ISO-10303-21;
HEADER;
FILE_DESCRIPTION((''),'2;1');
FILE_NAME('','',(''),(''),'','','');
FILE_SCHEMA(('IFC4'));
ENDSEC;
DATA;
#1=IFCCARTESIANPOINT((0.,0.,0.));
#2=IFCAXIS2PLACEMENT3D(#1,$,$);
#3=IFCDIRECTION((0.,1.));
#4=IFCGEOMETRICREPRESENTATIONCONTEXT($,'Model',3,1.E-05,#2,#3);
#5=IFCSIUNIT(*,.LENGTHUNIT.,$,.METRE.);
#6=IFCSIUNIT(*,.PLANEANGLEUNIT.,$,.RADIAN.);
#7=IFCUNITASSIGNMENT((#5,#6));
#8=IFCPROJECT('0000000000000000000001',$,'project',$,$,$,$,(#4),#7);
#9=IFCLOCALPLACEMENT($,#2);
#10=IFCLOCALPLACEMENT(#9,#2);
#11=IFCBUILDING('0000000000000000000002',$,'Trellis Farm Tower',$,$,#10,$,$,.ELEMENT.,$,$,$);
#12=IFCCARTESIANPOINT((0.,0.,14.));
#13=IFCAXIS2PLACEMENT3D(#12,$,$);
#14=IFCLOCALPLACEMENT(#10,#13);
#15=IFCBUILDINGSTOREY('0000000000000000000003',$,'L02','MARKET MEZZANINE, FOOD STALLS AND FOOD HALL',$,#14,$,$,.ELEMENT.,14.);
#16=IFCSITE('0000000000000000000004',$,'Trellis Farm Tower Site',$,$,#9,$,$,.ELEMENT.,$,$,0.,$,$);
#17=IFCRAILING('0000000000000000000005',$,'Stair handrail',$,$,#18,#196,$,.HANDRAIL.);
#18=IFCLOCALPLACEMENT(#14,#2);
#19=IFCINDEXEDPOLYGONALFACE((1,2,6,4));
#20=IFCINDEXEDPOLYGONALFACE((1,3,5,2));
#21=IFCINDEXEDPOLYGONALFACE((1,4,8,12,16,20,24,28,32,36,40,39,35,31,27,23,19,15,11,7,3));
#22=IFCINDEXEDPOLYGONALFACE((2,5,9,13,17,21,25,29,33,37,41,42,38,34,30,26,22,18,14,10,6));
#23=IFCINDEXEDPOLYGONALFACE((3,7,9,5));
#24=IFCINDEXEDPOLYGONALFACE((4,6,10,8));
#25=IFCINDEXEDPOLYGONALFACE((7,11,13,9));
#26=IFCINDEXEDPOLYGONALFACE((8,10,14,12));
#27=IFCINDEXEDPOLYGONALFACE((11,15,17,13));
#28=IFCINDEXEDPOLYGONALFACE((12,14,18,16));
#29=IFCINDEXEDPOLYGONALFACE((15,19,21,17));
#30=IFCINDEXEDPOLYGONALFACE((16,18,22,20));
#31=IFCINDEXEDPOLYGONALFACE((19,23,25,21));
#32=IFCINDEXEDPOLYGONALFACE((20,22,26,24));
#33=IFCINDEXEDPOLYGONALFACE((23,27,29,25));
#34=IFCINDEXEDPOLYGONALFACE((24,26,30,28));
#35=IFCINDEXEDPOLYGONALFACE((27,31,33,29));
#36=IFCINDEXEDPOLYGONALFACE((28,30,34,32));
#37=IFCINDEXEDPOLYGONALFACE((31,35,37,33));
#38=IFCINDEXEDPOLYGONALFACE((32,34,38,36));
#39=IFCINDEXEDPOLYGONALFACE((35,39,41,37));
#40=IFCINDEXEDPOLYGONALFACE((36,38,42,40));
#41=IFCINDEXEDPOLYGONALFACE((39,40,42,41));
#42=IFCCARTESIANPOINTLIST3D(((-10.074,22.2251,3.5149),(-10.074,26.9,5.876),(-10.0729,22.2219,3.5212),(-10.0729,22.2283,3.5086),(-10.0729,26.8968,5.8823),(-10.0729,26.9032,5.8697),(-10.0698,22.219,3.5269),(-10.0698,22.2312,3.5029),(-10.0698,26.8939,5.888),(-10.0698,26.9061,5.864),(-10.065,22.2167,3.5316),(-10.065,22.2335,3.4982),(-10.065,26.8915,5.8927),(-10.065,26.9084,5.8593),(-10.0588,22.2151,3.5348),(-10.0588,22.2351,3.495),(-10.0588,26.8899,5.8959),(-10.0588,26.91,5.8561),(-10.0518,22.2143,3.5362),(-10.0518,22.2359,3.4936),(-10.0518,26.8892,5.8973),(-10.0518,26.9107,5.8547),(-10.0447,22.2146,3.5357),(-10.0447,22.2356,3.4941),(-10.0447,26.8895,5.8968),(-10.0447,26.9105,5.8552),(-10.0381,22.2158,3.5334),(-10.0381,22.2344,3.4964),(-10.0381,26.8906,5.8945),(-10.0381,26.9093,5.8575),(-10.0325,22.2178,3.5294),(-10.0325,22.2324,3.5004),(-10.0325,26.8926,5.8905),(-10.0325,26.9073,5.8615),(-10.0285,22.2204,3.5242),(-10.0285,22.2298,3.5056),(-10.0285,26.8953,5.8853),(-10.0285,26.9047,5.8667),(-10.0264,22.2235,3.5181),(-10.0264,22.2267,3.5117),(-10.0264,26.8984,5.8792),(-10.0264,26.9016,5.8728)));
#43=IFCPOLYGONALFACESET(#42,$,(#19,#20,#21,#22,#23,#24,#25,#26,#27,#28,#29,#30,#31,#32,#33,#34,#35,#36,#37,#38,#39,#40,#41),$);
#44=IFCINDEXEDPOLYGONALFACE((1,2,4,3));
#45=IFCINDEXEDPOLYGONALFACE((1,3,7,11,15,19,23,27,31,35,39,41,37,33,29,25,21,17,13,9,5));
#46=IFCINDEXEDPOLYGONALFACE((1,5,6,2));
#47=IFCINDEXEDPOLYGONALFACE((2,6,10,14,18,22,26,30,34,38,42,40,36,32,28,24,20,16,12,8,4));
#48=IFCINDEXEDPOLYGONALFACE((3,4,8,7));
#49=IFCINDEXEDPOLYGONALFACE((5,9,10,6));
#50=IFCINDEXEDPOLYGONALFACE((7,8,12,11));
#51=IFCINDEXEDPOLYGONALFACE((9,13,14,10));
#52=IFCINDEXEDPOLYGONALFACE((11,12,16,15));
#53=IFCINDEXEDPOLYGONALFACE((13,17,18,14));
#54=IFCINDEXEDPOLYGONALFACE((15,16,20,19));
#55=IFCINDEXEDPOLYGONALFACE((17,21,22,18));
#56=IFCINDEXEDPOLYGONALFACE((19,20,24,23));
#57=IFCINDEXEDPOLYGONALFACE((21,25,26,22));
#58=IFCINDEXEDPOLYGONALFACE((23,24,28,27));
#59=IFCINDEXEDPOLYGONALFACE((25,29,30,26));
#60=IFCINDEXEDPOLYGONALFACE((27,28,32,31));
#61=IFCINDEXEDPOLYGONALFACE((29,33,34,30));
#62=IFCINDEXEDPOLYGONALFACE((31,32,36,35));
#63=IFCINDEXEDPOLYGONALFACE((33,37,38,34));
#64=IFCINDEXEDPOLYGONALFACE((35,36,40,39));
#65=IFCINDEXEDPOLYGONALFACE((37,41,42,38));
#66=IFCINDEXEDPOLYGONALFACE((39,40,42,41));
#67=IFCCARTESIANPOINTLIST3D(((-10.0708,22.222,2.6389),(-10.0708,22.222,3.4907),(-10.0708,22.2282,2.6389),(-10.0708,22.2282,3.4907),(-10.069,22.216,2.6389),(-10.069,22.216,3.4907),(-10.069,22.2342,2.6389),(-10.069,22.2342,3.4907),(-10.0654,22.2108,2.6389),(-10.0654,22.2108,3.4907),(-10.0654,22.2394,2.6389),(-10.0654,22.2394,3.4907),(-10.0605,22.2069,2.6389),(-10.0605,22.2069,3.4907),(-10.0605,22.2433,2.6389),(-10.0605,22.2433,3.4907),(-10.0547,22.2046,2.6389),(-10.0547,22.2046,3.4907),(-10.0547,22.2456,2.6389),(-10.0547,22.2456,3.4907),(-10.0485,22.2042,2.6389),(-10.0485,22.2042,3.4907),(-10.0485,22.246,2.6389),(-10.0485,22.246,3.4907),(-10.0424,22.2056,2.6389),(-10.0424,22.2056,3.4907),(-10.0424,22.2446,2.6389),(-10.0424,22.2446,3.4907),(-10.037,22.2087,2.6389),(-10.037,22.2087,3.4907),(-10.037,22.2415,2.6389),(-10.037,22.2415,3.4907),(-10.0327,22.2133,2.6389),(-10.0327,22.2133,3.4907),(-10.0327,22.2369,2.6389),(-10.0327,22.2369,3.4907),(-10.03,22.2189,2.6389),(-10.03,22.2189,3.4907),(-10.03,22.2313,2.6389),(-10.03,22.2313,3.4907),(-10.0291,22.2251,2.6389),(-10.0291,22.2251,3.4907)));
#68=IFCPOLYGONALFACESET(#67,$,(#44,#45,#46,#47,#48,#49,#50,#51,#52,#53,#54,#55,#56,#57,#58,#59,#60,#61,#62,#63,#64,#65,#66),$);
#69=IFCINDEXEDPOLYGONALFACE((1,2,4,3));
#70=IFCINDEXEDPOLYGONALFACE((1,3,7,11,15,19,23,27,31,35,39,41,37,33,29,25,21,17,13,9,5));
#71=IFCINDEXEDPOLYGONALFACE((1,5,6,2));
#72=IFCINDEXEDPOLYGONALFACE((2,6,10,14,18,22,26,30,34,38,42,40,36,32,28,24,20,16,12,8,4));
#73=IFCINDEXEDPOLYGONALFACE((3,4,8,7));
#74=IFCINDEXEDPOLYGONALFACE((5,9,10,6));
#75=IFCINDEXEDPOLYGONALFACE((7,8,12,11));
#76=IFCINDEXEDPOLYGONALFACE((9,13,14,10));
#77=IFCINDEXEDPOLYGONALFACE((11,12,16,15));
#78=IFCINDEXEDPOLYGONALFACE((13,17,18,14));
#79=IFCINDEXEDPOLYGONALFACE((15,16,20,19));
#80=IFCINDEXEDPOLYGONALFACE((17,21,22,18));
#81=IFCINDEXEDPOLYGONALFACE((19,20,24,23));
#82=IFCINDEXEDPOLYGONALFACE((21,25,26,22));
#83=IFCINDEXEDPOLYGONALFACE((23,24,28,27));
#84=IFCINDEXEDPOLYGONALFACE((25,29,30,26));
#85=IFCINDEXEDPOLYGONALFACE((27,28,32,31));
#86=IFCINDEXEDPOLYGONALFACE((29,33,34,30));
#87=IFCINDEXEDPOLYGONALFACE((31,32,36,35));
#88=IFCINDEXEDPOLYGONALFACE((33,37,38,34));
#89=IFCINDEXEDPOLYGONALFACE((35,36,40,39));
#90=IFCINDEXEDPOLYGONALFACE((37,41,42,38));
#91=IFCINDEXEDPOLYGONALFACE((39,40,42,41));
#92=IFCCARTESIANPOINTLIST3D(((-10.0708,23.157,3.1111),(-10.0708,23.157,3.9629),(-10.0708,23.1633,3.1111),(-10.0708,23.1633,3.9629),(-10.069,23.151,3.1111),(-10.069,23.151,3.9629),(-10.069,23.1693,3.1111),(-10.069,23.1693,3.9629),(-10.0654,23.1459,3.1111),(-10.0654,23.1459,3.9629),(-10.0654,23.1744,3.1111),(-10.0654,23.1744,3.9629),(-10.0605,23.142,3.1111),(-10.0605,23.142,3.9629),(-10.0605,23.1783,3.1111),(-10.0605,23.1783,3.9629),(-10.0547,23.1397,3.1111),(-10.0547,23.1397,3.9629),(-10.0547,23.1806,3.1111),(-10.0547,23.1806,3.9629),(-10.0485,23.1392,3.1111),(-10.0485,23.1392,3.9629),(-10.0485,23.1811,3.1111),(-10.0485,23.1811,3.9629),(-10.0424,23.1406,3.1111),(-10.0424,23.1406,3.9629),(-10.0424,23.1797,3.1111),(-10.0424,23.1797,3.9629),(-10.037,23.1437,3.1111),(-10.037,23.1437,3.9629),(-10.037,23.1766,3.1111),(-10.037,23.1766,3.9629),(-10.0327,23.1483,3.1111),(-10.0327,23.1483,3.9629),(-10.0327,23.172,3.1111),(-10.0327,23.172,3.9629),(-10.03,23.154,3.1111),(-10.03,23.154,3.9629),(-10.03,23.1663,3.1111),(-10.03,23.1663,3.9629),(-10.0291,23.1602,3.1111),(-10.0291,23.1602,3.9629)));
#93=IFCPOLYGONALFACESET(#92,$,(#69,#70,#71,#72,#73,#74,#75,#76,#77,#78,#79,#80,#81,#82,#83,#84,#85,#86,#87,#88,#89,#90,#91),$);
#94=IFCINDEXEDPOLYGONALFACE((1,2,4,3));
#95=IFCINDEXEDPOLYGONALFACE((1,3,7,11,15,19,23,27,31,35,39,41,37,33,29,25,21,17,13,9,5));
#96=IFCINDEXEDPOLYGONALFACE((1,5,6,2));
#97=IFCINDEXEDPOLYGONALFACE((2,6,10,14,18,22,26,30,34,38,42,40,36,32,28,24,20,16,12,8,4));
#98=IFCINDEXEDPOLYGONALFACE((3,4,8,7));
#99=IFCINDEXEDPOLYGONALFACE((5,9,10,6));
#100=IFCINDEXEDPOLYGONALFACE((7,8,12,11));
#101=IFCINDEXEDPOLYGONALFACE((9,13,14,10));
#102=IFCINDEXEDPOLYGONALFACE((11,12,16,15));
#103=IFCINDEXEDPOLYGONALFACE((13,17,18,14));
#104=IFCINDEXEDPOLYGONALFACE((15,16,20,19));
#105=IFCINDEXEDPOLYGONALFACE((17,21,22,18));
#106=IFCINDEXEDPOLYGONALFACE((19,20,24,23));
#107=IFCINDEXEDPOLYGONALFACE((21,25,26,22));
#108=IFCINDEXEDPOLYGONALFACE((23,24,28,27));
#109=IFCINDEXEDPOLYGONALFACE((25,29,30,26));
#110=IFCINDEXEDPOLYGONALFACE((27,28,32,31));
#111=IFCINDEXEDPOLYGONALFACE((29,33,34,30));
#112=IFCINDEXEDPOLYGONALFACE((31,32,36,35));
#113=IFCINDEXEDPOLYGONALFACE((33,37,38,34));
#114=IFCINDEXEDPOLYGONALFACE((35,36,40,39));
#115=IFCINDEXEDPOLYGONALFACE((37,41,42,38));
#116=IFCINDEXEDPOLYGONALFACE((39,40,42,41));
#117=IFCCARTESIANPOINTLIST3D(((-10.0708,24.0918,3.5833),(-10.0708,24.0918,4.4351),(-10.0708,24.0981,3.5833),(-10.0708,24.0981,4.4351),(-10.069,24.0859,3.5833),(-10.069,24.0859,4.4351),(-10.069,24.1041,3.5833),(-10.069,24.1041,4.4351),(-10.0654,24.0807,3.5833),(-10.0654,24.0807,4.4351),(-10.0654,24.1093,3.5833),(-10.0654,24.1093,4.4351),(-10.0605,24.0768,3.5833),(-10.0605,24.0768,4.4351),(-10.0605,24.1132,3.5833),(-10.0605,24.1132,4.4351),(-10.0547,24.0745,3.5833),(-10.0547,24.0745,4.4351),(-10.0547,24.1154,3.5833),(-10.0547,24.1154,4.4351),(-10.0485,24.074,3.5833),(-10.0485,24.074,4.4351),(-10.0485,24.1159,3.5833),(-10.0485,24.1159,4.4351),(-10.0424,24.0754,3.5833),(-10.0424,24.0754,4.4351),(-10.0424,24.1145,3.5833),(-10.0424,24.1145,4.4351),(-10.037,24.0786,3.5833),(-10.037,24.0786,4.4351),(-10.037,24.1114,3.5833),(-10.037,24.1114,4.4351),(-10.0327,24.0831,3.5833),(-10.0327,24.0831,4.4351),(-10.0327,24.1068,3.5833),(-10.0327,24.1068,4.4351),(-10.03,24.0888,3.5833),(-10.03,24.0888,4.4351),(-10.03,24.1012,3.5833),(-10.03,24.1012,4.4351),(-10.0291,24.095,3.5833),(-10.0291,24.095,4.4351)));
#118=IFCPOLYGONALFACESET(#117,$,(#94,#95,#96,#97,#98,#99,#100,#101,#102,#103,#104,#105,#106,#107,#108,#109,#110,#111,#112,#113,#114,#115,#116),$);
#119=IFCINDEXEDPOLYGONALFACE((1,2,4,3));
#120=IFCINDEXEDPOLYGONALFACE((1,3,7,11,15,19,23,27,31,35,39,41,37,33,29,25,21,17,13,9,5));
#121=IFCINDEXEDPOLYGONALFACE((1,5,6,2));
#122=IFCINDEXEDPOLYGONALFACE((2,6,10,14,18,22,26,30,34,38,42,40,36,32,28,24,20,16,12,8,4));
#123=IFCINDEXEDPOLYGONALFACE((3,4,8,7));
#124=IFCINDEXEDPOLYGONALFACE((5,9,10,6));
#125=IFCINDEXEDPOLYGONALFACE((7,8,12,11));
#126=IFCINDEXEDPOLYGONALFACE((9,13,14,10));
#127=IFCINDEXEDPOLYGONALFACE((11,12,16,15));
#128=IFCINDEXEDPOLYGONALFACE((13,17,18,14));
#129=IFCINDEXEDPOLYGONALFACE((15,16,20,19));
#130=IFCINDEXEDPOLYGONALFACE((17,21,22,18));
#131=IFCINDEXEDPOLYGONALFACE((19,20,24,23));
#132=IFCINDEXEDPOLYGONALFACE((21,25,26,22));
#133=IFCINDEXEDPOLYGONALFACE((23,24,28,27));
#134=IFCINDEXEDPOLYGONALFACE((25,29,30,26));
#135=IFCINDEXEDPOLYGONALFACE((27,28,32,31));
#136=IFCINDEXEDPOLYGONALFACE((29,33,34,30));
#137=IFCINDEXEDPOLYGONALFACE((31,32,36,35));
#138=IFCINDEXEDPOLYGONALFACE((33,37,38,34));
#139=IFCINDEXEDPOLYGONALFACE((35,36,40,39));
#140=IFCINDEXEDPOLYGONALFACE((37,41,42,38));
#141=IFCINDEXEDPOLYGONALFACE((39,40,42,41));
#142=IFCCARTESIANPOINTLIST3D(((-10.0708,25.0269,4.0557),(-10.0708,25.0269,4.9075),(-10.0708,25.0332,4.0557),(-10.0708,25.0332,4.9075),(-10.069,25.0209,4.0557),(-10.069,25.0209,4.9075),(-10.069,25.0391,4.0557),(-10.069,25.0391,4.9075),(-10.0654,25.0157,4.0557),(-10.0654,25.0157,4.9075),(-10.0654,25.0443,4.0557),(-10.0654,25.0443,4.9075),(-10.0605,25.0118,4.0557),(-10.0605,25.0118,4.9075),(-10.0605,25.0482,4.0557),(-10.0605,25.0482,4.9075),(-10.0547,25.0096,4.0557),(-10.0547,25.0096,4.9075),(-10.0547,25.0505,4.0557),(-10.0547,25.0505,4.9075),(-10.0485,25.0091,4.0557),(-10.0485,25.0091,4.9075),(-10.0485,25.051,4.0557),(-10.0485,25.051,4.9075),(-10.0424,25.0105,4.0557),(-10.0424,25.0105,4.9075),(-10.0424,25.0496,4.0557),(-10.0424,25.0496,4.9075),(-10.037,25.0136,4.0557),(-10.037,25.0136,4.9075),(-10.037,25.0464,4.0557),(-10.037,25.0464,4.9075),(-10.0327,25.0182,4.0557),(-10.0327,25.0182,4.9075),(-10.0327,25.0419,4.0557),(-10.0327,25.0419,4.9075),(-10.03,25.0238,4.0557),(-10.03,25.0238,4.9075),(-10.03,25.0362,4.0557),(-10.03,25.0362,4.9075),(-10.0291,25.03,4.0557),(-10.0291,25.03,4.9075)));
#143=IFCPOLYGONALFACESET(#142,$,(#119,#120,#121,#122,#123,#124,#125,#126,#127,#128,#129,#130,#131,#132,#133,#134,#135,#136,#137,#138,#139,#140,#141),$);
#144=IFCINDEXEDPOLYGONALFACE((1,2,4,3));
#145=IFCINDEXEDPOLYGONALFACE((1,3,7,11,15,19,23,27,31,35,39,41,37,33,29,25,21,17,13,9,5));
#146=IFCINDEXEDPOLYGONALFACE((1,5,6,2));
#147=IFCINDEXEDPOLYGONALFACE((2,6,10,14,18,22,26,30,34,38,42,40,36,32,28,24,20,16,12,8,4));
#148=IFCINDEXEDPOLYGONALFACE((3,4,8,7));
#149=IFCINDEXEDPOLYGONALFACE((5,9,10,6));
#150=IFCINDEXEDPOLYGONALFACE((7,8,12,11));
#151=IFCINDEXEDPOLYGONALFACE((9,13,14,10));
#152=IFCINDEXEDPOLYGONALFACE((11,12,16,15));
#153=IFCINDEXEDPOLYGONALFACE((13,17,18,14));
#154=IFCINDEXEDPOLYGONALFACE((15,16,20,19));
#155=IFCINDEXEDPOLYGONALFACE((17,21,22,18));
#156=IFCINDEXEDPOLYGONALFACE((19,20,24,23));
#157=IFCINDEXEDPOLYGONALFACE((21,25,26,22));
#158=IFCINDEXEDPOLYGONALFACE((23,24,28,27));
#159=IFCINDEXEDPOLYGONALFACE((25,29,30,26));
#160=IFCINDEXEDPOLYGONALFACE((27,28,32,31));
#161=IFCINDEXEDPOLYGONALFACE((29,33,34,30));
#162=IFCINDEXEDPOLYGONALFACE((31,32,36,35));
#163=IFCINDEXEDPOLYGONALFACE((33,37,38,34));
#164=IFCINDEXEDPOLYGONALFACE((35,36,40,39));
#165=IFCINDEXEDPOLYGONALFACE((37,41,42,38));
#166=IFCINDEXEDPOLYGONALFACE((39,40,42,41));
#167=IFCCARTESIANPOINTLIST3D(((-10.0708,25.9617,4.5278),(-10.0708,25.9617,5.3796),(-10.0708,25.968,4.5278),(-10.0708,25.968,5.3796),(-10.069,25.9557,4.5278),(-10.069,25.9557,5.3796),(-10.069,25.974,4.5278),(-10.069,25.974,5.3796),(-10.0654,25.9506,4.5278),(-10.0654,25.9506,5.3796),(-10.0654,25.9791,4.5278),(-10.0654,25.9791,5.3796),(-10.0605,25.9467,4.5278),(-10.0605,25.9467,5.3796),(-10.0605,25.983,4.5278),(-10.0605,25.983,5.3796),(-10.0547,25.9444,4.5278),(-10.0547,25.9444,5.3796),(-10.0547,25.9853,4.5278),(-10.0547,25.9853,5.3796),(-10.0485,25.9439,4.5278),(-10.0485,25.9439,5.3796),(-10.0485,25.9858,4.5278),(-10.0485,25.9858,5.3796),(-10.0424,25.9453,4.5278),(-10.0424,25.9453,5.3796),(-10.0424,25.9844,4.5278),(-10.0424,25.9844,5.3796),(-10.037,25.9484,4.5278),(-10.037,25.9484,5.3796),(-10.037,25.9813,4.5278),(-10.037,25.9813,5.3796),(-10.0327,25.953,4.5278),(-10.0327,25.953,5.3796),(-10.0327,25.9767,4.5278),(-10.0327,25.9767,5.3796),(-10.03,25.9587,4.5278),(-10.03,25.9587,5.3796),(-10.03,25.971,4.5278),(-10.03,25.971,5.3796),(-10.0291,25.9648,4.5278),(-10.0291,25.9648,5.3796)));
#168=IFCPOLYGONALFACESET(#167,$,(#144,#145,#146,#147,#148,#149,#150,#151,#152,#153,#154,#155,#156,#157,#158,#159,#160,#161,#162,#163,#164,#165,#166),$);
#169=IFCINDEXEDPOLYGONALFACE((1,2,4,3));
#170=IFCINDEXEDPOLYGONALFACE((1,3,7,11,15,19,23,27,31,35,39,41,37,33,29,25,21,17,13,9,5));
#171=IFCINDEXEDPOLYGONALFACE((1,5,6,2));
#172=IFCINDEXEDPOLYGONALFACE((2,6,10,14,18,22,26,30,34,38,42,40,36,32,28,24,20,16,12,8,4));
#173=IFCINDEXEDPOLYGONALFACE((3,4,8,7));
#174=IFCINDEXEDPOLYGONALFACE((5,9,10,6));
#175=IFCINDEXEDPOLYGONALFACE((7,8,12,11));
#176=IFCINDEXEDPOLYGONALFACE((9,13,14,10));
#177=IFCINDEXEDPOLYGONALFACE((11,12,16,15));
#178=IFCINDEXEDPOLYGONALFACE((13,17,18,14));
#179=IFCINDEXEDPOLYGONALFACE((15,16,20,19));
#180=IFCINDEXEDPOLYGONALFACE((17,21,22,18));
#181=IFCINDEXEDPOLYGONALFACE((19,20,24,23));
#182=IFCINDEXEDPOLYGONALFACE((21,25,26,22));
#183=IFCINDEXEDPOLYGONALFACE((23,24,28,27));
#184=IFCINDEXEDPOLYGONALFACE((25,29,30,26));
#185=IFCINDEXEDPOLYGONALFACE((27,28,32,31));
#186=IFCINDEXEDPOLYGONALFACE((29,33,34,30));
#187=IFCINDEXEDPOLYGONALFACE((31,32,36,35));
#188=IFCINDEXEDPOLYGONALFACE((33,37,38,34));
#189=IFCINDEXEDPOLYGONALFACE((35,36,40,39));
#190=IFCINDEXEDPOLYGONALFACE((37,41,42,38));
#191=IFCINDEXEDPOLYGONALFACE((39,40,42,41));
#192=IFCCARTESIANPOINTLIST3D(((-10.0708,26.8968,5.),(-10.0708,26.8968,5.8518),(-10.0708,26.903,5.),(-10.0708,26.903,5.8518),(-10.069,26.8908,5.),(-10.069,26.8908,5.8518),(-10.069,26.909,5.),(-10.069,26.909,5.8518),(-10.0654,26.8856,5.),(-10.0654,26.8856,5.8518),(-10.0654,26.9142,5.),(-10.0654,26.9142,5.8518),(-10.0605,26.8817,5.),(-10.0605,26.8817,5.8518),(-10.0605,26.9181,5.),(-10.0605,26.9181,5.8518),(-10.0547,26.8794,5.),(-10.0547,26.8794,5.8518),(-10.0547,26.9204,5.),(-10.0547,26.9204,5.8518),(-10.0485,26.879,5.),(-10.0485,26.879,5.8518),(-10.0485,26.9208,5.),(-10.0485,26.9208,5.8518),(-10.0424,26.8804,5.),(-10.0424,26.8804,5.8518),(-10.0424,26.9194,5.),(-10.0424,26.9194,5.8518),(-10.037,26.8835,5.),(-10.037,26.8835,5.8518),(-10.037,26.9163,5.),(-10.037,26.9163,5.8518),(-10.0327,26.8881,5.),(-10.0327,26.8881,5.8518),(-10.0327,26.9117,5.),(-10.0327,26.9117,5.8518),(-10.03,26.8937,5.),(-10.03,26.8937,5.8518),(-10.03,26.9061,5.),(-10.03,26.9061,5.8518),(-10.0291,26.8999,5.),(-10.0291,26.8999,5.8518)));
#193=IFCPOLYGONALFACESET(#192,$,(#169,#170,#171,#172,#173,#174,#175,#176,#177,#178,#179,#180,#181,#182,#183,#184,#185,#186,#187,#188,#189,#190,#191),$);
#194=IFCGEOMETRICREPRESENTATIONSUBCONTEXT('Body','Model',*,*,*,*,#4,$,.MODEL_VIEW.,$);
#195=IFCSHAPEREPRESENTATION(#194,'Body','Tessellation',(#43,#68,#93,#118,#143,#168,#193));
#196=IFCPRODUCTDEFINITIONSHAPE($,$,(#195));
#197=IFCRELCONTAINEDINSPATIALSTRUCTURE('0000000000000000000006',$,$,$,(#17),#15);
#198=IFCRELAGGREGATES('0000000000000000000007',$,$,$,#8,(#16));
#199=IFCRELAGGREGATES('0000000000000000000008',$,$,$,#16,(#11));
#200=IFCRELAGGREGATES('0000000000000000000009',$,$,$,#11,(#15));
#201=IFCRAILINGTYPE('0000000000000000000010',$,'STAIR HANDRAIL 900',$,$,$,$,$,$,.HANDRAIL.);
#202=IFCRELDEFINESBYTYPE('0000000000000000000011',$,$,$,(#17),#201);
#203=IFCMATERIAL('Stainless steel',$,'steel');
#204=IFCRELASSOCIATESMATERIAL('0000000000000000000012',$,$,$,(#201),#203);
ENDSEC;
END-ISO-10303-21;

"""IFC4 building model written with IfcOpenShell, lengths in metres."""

from ifc_helpers import new_model, si_unit, direction, frame, origin, origin_2d, place, context, subcontext, project, spatial, circle, extrude, source, transform, mapped, material, type_object, element, save


model = new_model("IFC4")

# Units and contexts
model_context = context("Model", 3, precision=1e-05, world=origin(), true_north=direction((0.0, 1.0)))
body_context = subcontext(model_context, "Body", "Model", "MODEL_VIEW")
ifc_project = project(units=[si_unit("LENGTHUNIT", "METRE"), si_unit("PLANEANGLEUNIT", "RADIAN")], contexts=[model_context])

# Site, building, storey
site_placement = place(None, origin())
site = spatial("IfcSite", under=ifc_project, at=site_placement, Name="Trellis Farm Tower Site", CompositionType="ELEMENT", RefElevation=0.0)
building_placement = place(site_placement, origin())
building = spatial("IfcBuilding", under=site, at=building_placement, Name="Trellis Farm Tower", CompositionType="ELEMENT")
storey_placement = place(building_placement, frame((0.0, 0.0, 14.0)))
storey = spatial("IfcBuildingStorey", under=building, at=storey_placement, Name="L02", Description="MARKET MEZZANINE, FOOD STALLS AND FOOD HALL", CompositionType="ELEMENT", Elevation=14.0)

# Railing
ifc_material_1 = material(Name="Stainless steel", Category="steel")
railing_type = type_object("IfcRailingType", Name="STAIR HANDRAIL 900", PredefinedType="HANDRAIL", material=ifc_material_1)
shared_shape_1 = source(origin(), body_context, "Body", "SweptSolid", [
    extrude(circle(Radius=0.0239, at=origin_2d()), frame((0.0, 0.0, 0.876), z_axis=(0.0, 0.892611, 0.450827), x_axis=(-1.0, 0.0, 0.0)), (0.0, 0.0, 1.0), 5.2373),
    extrude(circle(Radius=0.021, at=origin_2d()), origin(), (0.0, 0.0, 1.0), 0.8518),
    extrude(circle(Radius=0.021, at=origin_2d()), frame((0.0, 0.9351, 0.4722)), (0.0, 0.0, 1.0), 0.8518),
    extrude(circle(Radius=0.021, at=origin_2d()), frame((0.0, 1.8699, 0.9443)), (0.0, 0.0, 1.0), 0.8518),
    extrude(circle(Radius=0.021, at=origin_2d()), frame((0.0, 2.8049, 1.4167)), (0.0, 0.0, 1.0), 0.8518),
    extrude(circle(Radius=0.021, at=origin_2d()), frame((0.0, 3.7397, 1.8889)), (0.0, 0.0, 1.0), 0.8518),
    extrude(circle(Radius=0.021, at=origin_2d()), frame((0.0, 4.6748, 2.3611)), (0.0, 0.0, 1.0), 0.8518),
])
for number, where, name in (
    (1, (-10.05, 22.2251, 2.6389), "Stair handrail"),
):
    element("IfcRailing", number, at=place(storey_placement, frame(where)), inside=storey, type_object=railing_type, Name=name, PredefinedType="HANDRAIL", context=body_context, shape_type="MappedRepresentation", body=[
        mapped(shared_shape_1, transform((0.0, 0.0, 0.0))),
    ])

save(model, "model.ifc")
